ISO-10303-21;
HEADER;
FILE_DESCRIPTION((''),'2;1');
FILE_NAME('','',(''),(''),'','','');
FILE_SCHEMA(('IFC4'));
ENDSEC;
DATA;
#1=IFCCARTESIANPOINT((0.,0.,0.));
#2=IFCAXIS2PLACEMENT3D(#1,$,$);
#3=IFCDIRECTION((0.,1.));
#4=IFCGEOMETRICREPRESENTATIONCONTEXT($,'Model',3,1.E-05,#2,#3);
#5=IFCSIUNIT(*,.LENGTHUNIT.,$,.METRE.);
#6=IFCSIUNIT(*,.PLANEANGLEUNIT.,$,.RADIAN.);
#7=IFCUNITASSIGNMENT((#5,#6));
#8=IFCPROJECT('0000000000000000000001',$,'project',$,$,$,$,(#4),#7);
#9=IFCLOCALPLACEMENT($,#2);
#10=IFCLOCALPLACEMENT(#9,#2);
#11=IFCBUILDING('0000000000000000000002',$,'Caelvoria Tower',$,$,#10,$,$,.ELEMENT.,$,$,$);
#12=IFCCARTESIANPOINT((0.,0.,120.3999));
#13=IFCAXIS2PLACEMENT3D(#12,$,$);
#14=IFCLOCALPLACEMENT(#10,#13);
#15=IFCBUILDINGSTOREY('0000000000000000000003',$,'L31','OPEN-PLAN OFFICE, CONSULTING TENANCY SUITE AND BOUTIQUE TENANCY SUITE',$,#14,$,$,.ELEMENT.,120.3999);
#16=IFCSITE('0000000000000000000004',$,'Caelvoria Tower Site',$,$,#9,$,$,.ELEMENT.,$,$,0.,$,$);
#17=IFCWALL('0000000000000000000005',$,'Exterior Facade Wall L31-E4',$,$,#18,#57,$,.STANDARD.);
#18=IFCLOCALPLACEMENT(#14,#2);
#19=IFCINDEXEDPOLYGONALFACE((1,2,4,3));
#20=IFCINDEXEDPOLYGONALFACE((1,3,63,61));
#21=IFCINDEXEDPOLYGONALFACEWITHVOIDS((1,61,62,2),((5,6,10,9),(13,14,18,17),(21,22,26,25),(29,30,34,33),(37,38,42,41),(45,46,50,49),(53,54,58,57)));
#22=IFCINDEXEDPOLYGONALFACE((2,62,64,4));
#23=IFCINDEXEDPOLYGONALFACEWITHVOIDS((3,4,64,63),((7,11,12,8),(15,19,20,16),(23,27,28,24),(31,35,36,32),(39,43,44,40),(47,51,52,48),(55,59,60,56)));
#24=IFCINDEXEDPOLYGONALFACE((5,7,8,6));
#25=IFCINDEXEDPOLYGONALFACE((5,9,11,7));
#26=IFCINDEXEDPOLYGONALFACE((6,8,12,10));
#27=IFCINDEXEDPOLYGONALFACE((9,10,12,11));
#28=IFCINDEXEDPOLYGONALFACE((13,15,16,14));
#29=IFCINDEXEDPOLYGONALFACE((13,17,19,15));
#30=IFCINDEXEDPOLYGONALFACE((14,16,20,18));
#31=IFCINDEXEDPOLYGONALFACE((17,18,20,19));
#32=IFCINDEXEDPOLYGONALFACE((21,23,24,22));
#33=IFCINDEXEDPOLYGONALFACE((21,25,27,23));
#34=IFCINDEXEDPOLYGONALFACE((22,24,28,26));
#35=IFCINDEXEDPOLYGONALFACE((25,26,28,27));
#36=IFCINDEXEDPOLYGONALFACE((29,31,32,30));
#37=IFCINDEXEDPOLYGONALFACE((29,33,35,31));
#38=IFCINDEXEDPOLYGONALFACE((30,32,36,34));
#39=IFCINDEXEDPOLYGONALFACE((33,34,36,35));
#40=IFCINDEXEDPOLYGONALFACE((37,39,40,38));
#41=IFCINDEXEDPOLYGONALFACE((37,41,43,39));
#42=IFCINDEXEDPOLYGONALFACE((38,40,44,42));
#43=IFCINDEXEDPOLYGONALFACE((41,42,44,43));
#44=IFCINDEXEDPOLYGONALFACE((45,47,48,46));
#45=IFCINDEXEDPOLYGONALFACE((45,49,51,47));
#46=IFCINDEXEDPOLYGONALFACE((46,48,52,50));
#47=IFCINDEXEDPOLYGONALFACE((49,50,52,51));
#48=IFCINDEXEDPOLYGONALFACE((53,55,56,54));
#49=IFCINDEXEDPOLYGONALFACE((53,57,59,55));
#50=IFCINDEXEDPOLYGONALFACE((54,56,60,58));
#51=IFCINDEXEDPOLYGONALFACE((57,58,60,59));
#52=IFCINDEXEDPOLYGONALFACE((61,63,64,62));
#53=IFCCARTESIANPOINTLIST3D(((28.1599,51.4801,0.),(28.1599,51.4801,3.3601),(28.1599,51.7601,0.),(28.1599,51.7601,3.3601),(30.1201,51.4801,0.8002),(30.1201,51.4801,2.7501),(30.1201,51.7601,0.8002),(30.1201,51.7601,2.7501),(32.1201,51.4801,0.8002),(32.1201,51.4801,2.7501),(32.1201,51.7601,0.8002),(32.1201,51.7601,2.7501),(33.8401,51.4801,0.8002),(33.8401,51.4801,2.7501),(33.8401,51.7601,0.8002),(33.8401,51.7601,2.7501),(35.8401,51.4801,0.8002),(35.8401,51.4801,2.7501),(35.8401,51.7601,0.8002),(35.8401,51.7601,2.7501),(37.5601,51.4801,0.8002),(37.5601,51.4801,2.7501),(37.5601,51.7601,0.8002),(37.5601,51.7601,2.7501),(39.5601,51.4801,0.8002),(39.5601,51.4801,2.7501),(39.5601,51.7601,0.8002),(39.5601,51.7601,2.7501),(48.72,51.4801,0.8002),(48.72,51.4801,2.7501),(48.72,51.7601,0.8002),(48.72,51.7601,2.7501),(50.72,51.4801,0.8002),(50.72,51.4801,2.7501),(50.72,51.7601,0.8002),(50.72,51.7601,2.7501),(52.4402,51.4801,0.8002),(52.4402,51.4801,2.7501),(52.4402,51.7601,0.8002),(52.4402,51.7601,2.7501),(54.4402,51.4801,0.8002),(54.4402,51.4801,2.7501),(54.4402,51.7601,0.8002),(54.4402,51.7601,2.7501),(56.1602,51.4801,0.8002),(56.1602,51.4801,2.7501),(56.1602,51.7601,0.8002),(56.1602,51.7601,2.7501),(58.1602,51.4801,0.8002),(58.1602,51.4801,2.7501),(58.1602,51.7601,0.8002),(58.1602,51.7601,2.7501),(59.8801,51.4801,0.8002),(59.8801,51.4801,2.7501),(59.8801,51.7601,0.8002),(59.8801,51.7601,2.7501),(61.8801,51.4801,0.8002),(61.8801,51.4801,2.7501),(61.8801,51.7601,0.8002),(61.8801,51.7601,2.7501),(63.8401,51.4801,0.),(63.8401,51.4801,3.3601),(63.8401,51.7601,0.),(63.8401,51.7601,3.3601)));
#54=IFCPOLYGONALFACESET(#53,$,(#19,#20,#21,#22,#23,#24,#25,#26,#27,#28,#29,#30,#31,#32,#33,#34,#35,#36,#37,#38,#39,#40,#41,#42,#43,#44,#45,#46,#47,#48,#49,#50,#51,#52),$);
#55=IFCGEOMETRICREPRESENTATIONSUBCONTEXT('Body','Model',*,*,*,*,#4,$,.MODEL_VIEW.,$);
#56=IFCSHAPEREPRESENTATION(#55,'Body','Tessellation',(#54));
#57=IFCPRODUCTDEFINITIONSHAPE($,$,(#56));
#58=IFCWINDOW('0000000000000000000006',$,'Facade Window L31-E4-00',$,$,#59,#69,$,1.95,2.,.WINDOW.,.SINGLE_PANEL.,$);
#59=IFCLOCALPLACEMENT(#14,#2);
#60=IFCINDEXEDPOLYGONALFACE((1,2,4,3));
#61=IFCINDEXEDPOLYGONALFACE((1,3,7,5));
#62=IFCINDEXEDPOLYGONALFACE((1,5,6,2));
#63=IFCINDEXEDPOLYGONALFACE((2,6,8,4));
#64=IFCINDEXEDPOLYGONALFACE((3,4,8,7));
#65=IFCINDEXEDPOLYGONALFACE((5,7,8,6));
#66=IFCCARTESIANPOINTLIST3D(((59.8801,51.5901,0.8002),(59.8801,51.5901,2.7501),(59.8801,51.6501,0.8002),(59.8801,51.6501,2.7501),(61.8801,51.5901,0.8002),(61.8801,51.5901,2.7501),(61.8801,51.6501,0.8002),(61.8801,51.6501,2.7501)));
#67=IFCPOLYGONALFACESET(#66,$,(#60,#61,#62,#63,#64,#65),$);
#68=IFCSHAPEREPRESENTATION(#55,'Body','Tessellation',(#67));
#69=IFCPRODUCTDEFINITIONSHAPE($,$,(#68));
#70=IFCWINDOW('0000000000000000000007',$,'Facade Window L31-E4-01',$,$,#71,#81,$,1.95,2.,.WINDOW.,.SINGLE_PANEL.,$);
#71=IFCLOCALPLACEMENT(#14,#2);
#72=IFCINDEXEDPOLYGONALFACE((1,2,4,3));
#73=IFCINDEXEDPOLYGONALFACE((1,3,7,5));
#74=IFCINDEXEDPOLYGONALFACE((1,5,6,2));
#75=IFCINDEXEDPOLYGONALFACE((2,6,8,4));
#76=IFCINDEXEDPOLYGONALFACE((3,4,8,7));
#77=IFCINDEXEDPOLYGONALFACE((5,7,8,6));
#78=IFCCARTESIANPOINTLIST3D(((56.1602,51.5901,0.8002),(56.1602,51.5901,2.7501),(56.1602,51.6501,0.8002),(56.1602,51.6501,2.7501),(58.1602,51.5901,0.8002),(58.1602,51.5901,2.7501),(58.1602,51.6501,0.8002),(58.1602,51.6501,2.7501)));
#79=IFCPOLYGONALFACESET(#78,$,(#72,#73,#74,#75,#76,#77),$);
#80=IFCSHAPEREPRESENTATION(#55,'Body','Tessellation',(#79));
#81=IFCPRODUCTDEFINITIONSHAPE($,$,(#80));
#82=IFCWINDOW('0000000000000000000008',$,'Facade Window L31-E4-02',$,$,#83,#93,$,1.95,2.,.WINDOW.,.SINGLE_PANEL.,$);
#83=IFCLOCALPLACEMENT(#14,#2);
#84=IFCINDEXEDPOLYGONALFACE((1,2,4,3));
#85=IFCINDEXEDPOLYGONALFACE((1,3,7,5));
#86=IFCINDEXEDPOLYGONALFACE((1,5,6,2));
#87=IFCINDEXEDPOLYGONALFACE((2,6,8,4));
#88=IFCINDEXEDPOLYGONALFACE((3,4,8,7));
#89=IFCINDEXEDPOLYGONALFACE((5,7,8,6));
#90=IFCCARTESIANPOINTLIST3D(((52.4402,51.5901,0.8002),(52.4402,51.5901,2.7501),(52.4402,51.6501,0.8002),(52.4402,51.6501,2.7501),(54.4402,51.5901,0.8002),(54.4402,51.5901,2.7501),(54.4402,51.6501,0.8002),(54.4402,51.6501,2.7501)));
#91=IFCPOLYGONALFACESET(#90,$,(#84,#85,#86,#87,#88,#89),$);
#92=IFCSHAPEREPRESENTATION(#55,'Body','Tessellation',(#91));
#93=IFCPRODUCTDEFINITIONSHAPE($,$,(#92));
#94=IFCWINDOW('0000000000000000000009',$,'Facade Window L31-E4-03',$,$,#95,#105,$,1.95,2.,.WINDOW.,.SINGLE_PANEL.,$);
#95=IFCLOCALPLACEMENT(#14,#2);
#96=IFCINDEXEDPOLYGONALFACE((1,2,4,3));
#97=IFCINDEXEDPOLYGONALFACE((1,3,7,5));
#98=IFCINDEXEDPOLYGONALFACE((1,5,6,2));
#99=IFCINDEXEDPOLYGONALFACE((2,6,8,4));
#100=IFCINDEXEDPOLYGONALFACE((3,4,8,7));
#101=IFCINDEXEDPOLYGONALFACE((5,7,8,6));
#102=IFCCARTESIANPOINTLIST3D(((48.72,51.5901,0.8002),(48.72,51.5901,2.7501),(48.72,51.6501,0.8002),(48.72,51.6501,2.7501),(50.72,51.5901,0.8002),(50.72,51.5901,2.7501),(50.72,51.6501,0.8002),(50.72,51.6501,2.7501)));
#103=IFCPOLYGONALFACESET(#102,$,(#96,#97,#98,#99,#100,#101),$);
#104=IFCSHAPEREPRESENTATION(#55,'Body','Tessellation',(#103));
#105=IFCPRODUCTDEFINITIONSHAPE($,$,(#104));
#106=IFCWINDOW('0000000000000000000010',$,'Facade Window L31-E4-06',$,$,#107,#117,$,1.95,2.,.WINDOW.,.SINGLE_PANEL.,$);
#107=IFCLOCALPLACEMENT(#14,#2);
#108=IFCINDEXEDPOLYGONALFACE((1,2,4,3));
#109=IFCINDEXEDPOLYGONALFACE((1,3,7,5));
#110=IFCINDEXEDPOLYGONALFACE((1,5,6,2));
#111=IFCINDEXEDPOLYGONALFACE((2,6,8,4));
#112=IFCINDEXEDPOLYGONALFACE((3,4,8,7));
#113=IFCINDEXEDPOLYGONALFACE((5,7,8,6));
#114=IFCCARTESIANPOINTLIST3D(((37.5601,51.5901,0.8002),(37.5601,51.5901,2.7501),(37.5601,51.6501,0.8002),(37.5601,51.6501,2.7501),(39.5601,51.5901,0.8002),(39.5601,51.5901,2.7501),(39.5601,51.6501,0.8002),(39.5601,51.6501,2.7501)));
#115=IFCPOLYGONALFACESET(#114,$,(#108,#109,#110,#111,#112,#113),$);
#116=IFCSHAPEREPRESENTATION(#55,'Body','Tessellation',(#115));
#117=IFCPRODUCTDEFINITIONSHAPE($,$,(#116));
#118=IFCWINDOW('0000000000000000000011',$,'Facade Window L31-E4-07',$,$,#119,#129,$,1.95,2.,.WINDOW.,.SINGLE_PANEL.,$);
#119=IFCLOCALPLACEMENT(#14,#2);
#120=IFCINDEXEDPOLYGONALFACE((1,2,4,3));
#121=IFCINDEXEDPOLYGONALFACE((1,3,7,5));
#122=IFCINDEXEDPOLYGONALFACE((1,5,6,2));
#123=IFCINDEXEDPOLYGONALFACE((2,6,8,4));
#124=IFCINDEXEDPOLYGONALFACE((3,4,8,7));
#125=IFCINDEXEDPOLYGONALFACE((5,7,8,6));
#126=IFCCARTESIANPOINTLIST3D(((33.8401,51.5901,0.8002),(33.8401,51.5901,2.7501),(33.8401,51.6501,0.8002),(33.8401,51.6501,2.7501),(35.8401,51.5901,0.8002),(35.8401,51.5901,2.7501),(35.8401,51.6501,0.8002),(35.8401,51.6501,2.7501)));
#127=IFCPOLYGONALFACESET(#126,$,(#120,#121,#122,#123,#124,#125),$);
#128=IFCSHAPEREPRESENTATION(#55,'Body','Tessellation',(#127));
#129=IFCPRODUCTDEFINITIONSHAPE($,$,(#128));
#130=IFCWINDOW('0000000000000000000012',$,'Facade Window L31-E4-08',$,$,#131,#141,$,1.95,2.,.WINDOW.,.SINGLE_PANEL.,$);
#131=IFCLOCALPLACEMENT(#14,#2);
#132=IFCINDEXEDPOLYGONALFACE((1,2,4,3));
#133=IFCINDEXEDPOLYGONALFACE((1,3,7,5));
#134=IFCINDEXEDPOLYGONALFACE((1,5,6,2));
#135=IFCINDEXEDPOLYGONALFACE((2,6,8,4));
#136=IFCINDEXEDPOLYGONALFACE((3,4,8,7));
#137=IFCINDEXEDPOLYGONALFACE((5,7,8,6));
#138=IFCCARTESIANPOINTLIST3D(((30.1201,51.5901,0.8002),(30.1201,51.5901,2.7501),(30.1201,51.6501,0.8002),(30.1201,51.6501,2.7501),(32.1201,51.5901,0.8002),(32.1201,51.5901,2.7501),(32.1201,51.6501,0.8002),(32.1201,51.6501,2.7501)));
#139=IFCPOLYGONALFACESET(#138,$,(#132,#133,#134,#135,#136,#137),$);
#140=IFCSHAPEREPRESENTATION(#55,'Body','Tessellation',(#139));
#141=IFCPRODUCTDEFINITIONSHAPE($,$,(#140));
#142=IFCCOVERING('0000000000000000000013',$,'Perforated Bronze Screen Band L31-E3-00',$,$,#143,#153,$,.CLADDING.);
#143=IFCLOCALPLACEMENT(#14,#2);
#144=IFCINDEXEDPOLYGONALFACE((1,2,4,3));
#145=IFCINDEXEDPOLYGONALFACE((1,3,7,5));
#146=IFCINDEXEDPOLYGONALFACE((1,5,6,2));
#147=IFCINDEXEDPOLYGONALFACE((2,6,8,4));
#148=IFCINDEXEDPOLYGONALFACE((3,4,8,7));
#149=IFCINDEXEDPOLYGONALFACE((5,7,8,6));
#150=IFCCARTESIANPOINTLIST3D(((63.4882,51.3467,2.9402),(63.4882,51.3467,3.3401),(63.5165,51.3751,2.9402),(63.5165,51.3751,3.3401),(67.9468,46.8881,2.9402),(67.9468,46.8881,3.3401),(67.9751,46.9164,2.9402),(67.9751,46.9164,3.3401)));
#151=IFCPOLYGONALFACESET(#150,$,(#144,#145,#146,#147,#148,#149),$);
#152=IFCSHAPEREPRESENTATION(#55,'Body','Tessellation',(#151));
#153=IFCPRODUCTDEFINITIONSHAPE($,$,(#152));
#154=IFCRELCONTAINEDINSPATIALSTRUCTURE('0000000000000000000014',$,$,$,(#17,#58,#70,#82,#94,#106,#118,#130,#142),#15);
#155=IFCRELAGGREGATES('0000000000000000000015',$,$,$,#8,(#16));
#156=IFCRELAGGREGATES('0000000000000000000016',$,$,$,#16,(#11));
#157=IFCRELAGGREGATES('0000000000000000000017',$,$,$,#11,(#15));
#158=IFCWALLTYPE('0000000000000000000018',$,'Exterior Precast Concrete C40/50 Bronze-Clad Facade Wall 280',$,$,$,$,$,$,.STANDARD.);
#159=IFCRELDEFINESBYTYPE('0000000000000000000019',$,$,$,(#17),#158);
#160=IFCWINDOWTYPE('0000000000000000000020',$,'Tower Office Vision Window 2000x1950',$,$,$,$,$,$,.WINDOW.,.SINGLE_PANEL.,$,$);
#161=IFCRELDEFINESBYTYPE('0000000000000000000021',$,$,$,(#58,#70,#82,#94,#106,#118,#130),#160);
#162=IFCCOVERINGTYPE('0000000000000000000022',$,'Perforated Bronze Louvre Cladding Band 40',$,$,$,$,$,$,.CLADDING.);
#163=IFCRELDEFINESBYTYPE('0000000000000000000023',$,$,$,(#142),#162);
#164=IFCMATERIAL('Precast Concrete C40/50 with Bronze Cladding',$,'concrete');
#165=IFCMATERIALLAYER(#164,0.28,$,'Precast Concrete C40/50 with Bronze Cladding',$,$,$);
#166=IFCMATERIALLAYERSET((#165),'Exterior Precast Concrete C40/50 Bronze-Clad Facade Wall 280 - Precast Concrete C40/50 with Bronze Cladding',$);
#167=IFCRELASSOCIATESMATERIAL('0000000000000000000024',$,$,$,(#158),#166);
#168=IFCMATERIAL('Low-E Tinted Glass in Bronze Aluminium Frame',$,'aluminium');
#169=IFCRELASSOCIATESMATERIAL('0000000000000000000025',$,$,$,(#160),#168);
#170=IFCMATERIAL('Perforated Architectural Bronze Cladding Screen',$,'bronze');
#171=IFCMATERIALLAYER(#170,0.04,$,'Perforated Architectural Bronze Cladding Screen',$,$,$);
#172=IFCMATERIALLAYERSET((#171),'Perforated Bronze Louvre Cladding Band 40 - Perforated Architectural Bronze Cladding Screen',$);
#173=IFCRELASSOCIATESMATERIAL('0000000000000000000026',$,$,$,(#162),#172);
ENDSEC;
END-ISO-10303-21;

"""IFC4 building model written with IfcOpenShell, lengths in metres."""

from ifc_helpers import new_model, si_unit, direction, frame, frame_2d, origin, origin_2d, place, context, subcontext, project, spatial, rectangle, extrude, material, layer, layer_set, type_object, element, fill, save


model = new_model("IFC4")

# Units and contexts
model_context = context("Model", 3, precision=1e-05, world=origin(), true_north=direction((0.0, 1.0)))
body_context = subcontext(model_context, "Body", "Model", "MODEL_VIEW")
ifc_project = project(units=[si_unit("LENGTHUNIT", "METRE"), si_unit("PLANEANGLEUNIT", "RADIAN")], contexts=[model_context])

# Site, building, storey
site_placement = place(None, origin())
site = spatial("IfcSite", under=ifc_project, at=site_placement, Name="Caelvoria Tower Site", CompositionType="ELEMENT", RefElevation=0.0)
building_placement = place(site_placement, origin())
building = spatial("IfcBuilding", under=site, at=building_placement, Name="Caelvoria Tower", CompositionType="ELEMENT")
storey_placement = place(building_placement, frame((0.0, 0.0, 120.3999)))
storey = spatial("IfcBuildingStorey", under=building, at=storey_placement, Name="L31", Description="OPEN-PLAN OFFICE, CONSULTING TENANCY SUITE AND BOUTIQUE TENANCY SUITE", CompositionType="ELEMENT", Elevation=120.3999)

# Wall, openings, windows
ifc_material_1 = material(Name="Precast Concrete C40/50 with Bronze Cladding", Category="concrete")
ifc_layer_1 = layer(ifc_material_1, 0.28, Name="Precast Concrete C40/50 with Bronze Cladding")
ifc_layer_set_1 = layer_set([ifc_layer_1], Name="Exterior Precast Concrete C40/50 Bronze-Clad Facade Wall 280 - Precast Concrete C40/50 with Bronze Cladding")
wall_type = type_object("IfcWallType", Name="Exterior Precast Concrete C40/50 Bronze-Clad Facade Wall 280", PredefinedType="STANDARD", material=ifc_layer_set_1)
wall_placement = place(storey_placement, frame((63.8401, 51.6201, 0.0), z_axis=(0.0, 0.0, 1.0), x_axis=(-1.0, 0.0, 0.0)))
wall = element("IfcWall", 1, at=wall_placement, inside=storey, type_object=wall_type, Name="Exterior Facade Wall L31-E4", PredefinedType="STANDARD", context=body_context, shape_type="SweptSolid", body=[
    extrude(rectangle(XDim=35.6802, YDim=0.28, at=frame_2d((17.8401, 0.0))), origin(), (0.0, 0.0, 1.0), 3.3601),
])
opening_1_placement = place(wall_placement, frame((1.96, 0.0, 0.8)))
opening_1 = element("IfcOpeningElement", 2, at=opening_1_placement, cuts=wall, PredefinedType="OPENING", context=body_context, shape_type="SweptSolid", body=[
    extrude(rectangle(XDim=2.0, YDim=1.95, at=frame_2d((1.0, 0.9751))), frame((0.0, 0.1499, 0.0), z_axis=(0.0, -1.0, 0.0), x_axis=(1.0, 0.0, 0.0)), (0.0, 0.0, 1.0), 0.3),
])
opening_2_placement = place(wall_placement, frame((5.6799, 0.0, 0.8)))
opening_2 = element("IfcOpeningElement", 3, at=opening_2_placement, cuts=wall, PredefinedType="OPENING", context=body_context, shape_type="SweptSolid", body=[
    extrude(rectangle(XDim=2.0, YDim=1.95, at=frame_2d((1.0, 0.9751))), frame((0.0, 0.1499, 0.0), z_axis=(0.0, -1.0, 0.0), x_axis=(1.0, 0.0, 0.0)), (0.0, 0.0, 1.0), 0.3),
])
opening_3_placement = place(wall_placement, frame((9.3999, 0.0, 0.8)))
opening_3 = element("IfcOpeningElement", 4, at=opening_3_placement, cuts=wall, PredefinedType="OPENING", context=body_context, shape_type="SweptSolid", body=[
    extrude(rectangle(XDim=2.0, YDim=1.95, at=frame_2d((1.0, 0.9751))), frame((0.0, 0.1499, 0.0), z_axis=(0.0, -1.0, 0.0), x_axis=(1.0, 0.0, 0.0)), (0.0, 0.0, 1.0), 0.3),
])
opening_4_placement = place(wall_placement, frame((13.1201, 0.0, 0.8)))
opening_4 = element("IfcOpeningElement", 5, at=opening_4_placement, cuts=wall, PredefinedType="OPENING", context=body_context, shape_type="SweptSolid", body=[
    extrude(rectangle(XDim=2.0, YDim=1.95, at=frame_2d((1.0, 0.9751))), frame((0.0, 0.1499, 0.0), z_axis=(0.0, -1.0, 0.0), x_axis=(1.0, 0.0, 0.0)), (0.0, 0.0, 1.0), 0.3),
])
opening_5_placement = place(wall_placement, frame((24.28, 0.0, 0.8)))
opening_5 = element("IfcOpeningElement", 6, at=opening_5_placement, cuts=wall, PredefinedType="OPENING", context=body_context, shape_type="SweptSolid", body=[
    extrude(rectangle(XDim=2.0, YDim=1.95, at=frame_2d((1.0, 0.9751))), frame((0.0, 0.1499, 0.0), z_axis=(0.0, -1.0, 0.0), x_axis=(1.0, 0.0, 0.0)), (0.0, 0.0, 1.0), 0.3),
])
opening_6_placement = place(wall_placement, frame((28.0, 0.0, 0.8)))
opening_6 = element("IfcOpeningElement", 7, at=opening_6_placement, cuts=wall, PredefinedType="OPENING", context=body_context, shape_type="SweptSolid", body=[
    extrude(rectangle(XDim=2.0, YDim=1.95, at=frame_2d((1.0, 0.9751))), frame((0.0, 0.1499, 0.0), z_axis=(0.0, -1.0, 0.0), x_axis=(1.0, 0.0, 0.0)), (0.0, 0.0, 1.0), 0.3),
])
opening_7_placement = place(wall_placement, frame((31.72, 0.0, 0.8)))
opening_7 = element("IfcOpeningElement", 8, at=opening_7_placement, cuts=wall, PredefinedType="OPENING", context=body_context, shape_type="SweptSolid", body=[
    extrude(rectangle(XDim=2.0, YDim=1.95, at=frame_2d((1.0, 0.9751))), frame((0.0, 0.1499, 0.0), z_axis=(0.0, -1.0, 0.0), x_axis=(1.0, 0.0, 0.0)), (0.0, 0.0, 1.0), 0.3),
])
ifc_material_2 = material(Name="Low-E Tinted Glass in Bronze Aluminium Frame", Category="aluminium")
window_type = type_object("IfcWindowType", Name="Tower Office Vision Window 2000x1950", PartitioningType="SINGLE_PANEL", PredefinedType="WINDOW", material=ifc_material_2)
window_1_placement = place(opening_1_placement, origin())
window_1 = element("IfcWindow", 9, at=window_1_placement, inside=storey, type_object=window_type, Name="Facade Window L31-E4-00", OverallHeight=1.95, OverallWidth=2.0, PartitioningType="SINGLE_PANEL", PredefinedType="WINDOW", context=body_context, shape_type="SweptSolid", body=[
    extrude(rectangle(XDim=2.0, YDim=1.95, at=frame_2d((1.0, 0.9751))), frame((0.0, 0.03, 0.0), z_axis=(0.0, -1.0, 0.0), x_axis=(1.0, 0.0, 0.0)), (0.0, 0.0, 1.0), 0.0601),
])
fill(opening_1, window_1)
window_2_placement = place(opening_2_placement, origin())
window_2 = element("IfcWindow", 10, at=window_2_placement, inside=storey, type_object=window_type, Name="Facade Window L31-E4-01", OverallHeight=1.95, OverallWidth=2.0, PartitioningType="SINGLE_PANEL", PredefinedType="WINDOW", context=body_context, shape_type="SweptSolid", body=[
    extrude(rectangle(XDim=2.0, YDim=1.95, at=frame_2d((1.0, 0.9751))), frame((0.0, 0.03, 0.0), z_axis=(0.0, -1.0, 0.0), x_axis=(1.0, 0.0, 0.0)), (0.0, 0.0, 1.0), 0.0601),
])
fill(opening_2, window_2)
window_3_placement = place(opening_3_placement, origin())
window_3 = element("IfcWindow", 11, at=window_3_placement, inside=storey, type_object=window_type, Name="Facade Window L31-E4-02", OverallHeight=1.95, OverallWidth=2.0, PartitioningType="SINGLE_PANEL", PredefinedType="WINDOW", context=body_context, shape_type="SweptSolid", body=[
    extrude(rectangle(XDim=2.0, YDim=1.95, at=frame_2d((1.0, 0.9751))), frame((0.0, 0.03, 0.0), z_axis=(0.0, -1.0, 0.0), x_axis=(1.0, 0.0, 0.0)), (0.0, 0.0, 1.0), 0.0601),
])
fill(opening_3, window_3)
window_4_placement = place(opening_4_placement, origin())
window_4 = element("IfcWindow", 12, at=window_4_placement, inside=storey, type_object=window_type, Name="Facade Window L31-E4-03", OverallHeight=1.95, OverallWidth=2.0, PartitioningType="SINGLE_PANEL", PredefinedType="WINDOW", context=body_context, shape_type="SweptSolid", body=[
    extrude(rectangle(XDim=2.0, YDim=1.95, at=frame_2d((1.0, 0.9751))), frame((0.0, 0.03, 0.0), z_axis=(0.0, -1.0, 0.0), x_axis=(1.0, 0.0, 0.0)), (0.0, 0.0, 1.0), 0.0601),
])
fill(opening_4, window_4)
window_5_placement = place(opening_5_placement, origin())
window_5 = element("IfcWindow", 13, at=window_5_placement, inside=storey, type_object=window_type, Name="Facade Window L31-E4-06", OverallHeight=1.95, OverallWidth=2.0, PartitioningType="SINGLE_PANEL", PredefinedType="WINDOW", context=body_context, shape_type="SweptSolid", body=[
    extrude(rectangle(XDim=2.0, YDim=1.95, at=frame_2d((1.0, 0.9751))), frame((0.0, 0.03, 0.0), z_axis=(0.0, -1.0, 0.0), x_axis=(1.0, 0.0, 0.0)), (0.0, 0.0, 1.0), 0.0601),
])
fill(opening_5, window_5)
window_6_placement = place(opening_6_placement, origin())
window_6 = element("IfcWindow", 14, at=window_6_placement, inside=storey, type_object=window_type, Name="Facade Window L31-E4-07", OverallHeight=1.95, OverallWidth=2.0, PartitioningType="SINGLE_PANEL", PredefinedType="WINDOW", context=body_context, shape_type="SweptSolid", body=[
    extrude(rectangle(XDim=2.0, YDim=1.95, at=frame_2d((1.0, 0.9751))), frame((0.0, 0.03, 0.0), z_axis=(0.0, -1.0, 0.0), x_axis=(1.0, 0.0, 0.0)), (0.0, 0.0, 1.0), 0.0601),
])
fill(opening_6, window_6)
window_7_placement = place(opening_7_placement, origin())
window_7 = element("IfcWindow", 15, at=window_7_placement, inside=storey, type_object=window_type, Name="Facade Window L31-E4-08", OverallHeight=1.95, OverallWidth=2.0, PartitioningType="SINGLE_PANEL", PredefinedType="WINDOW", context=body_context, shape_type="SweptSolid", body=[
    extrude(rectangle(XDim=2.0, YDim=1.95, at=frame_2d((1.0, 0.9751))), frame((0.0, 0.03, 0.0), z_axis=(0.0, -1.0, 0.0), x_axis=(1.0, 0.0, 0.0)), (0.0, 0.0, 1.0), 0.0601),
])
fill(opening_7, window_7)

# Covering
ifc_material_3 = material(Name="Perforated Architectural Bronze Cladding Screen", Category="bronze")
ifc_layer_2 = layer(ifc_material_3, 0.04, Name="Perforated Architectural Bronze Cladding Screen")
ifc_layer_set_2 = layer_set([ifc_layer_2], Name="Perforated Bronze Louvre Cladding Band 40 - Perforated Architectural Bronze Cladding Screen")
covering_type = type_object("IfcCoveringType", Name="Perforated Bronze Louvre Cladding Band 40", PredefinedType="CLADDING", material=ifc_layer_set_2)
covering_placement = place(storey_placement, frame((65.7317, 49.1316, 2.9402), z_axis=(0.0, 0.0, 1.0), x_axis=(-0.707107, 0.707107, 0.0)))
element("IfcCovering", 16, at=covering_placement, inside=storey, type_object=covering_type, Name="Perforated Bronze Screen Band L31-E3-00", PredefinedType="CLADDING", context=body_context, shape_type="SweptSolid", body=[
    extrude(rectangle(XDim=6.3054, YDim=0.04, at=origin_2d()), origin(), (0.0, 0.0, 1.0), 0.3999),
])

save(model, "model.ifc")
